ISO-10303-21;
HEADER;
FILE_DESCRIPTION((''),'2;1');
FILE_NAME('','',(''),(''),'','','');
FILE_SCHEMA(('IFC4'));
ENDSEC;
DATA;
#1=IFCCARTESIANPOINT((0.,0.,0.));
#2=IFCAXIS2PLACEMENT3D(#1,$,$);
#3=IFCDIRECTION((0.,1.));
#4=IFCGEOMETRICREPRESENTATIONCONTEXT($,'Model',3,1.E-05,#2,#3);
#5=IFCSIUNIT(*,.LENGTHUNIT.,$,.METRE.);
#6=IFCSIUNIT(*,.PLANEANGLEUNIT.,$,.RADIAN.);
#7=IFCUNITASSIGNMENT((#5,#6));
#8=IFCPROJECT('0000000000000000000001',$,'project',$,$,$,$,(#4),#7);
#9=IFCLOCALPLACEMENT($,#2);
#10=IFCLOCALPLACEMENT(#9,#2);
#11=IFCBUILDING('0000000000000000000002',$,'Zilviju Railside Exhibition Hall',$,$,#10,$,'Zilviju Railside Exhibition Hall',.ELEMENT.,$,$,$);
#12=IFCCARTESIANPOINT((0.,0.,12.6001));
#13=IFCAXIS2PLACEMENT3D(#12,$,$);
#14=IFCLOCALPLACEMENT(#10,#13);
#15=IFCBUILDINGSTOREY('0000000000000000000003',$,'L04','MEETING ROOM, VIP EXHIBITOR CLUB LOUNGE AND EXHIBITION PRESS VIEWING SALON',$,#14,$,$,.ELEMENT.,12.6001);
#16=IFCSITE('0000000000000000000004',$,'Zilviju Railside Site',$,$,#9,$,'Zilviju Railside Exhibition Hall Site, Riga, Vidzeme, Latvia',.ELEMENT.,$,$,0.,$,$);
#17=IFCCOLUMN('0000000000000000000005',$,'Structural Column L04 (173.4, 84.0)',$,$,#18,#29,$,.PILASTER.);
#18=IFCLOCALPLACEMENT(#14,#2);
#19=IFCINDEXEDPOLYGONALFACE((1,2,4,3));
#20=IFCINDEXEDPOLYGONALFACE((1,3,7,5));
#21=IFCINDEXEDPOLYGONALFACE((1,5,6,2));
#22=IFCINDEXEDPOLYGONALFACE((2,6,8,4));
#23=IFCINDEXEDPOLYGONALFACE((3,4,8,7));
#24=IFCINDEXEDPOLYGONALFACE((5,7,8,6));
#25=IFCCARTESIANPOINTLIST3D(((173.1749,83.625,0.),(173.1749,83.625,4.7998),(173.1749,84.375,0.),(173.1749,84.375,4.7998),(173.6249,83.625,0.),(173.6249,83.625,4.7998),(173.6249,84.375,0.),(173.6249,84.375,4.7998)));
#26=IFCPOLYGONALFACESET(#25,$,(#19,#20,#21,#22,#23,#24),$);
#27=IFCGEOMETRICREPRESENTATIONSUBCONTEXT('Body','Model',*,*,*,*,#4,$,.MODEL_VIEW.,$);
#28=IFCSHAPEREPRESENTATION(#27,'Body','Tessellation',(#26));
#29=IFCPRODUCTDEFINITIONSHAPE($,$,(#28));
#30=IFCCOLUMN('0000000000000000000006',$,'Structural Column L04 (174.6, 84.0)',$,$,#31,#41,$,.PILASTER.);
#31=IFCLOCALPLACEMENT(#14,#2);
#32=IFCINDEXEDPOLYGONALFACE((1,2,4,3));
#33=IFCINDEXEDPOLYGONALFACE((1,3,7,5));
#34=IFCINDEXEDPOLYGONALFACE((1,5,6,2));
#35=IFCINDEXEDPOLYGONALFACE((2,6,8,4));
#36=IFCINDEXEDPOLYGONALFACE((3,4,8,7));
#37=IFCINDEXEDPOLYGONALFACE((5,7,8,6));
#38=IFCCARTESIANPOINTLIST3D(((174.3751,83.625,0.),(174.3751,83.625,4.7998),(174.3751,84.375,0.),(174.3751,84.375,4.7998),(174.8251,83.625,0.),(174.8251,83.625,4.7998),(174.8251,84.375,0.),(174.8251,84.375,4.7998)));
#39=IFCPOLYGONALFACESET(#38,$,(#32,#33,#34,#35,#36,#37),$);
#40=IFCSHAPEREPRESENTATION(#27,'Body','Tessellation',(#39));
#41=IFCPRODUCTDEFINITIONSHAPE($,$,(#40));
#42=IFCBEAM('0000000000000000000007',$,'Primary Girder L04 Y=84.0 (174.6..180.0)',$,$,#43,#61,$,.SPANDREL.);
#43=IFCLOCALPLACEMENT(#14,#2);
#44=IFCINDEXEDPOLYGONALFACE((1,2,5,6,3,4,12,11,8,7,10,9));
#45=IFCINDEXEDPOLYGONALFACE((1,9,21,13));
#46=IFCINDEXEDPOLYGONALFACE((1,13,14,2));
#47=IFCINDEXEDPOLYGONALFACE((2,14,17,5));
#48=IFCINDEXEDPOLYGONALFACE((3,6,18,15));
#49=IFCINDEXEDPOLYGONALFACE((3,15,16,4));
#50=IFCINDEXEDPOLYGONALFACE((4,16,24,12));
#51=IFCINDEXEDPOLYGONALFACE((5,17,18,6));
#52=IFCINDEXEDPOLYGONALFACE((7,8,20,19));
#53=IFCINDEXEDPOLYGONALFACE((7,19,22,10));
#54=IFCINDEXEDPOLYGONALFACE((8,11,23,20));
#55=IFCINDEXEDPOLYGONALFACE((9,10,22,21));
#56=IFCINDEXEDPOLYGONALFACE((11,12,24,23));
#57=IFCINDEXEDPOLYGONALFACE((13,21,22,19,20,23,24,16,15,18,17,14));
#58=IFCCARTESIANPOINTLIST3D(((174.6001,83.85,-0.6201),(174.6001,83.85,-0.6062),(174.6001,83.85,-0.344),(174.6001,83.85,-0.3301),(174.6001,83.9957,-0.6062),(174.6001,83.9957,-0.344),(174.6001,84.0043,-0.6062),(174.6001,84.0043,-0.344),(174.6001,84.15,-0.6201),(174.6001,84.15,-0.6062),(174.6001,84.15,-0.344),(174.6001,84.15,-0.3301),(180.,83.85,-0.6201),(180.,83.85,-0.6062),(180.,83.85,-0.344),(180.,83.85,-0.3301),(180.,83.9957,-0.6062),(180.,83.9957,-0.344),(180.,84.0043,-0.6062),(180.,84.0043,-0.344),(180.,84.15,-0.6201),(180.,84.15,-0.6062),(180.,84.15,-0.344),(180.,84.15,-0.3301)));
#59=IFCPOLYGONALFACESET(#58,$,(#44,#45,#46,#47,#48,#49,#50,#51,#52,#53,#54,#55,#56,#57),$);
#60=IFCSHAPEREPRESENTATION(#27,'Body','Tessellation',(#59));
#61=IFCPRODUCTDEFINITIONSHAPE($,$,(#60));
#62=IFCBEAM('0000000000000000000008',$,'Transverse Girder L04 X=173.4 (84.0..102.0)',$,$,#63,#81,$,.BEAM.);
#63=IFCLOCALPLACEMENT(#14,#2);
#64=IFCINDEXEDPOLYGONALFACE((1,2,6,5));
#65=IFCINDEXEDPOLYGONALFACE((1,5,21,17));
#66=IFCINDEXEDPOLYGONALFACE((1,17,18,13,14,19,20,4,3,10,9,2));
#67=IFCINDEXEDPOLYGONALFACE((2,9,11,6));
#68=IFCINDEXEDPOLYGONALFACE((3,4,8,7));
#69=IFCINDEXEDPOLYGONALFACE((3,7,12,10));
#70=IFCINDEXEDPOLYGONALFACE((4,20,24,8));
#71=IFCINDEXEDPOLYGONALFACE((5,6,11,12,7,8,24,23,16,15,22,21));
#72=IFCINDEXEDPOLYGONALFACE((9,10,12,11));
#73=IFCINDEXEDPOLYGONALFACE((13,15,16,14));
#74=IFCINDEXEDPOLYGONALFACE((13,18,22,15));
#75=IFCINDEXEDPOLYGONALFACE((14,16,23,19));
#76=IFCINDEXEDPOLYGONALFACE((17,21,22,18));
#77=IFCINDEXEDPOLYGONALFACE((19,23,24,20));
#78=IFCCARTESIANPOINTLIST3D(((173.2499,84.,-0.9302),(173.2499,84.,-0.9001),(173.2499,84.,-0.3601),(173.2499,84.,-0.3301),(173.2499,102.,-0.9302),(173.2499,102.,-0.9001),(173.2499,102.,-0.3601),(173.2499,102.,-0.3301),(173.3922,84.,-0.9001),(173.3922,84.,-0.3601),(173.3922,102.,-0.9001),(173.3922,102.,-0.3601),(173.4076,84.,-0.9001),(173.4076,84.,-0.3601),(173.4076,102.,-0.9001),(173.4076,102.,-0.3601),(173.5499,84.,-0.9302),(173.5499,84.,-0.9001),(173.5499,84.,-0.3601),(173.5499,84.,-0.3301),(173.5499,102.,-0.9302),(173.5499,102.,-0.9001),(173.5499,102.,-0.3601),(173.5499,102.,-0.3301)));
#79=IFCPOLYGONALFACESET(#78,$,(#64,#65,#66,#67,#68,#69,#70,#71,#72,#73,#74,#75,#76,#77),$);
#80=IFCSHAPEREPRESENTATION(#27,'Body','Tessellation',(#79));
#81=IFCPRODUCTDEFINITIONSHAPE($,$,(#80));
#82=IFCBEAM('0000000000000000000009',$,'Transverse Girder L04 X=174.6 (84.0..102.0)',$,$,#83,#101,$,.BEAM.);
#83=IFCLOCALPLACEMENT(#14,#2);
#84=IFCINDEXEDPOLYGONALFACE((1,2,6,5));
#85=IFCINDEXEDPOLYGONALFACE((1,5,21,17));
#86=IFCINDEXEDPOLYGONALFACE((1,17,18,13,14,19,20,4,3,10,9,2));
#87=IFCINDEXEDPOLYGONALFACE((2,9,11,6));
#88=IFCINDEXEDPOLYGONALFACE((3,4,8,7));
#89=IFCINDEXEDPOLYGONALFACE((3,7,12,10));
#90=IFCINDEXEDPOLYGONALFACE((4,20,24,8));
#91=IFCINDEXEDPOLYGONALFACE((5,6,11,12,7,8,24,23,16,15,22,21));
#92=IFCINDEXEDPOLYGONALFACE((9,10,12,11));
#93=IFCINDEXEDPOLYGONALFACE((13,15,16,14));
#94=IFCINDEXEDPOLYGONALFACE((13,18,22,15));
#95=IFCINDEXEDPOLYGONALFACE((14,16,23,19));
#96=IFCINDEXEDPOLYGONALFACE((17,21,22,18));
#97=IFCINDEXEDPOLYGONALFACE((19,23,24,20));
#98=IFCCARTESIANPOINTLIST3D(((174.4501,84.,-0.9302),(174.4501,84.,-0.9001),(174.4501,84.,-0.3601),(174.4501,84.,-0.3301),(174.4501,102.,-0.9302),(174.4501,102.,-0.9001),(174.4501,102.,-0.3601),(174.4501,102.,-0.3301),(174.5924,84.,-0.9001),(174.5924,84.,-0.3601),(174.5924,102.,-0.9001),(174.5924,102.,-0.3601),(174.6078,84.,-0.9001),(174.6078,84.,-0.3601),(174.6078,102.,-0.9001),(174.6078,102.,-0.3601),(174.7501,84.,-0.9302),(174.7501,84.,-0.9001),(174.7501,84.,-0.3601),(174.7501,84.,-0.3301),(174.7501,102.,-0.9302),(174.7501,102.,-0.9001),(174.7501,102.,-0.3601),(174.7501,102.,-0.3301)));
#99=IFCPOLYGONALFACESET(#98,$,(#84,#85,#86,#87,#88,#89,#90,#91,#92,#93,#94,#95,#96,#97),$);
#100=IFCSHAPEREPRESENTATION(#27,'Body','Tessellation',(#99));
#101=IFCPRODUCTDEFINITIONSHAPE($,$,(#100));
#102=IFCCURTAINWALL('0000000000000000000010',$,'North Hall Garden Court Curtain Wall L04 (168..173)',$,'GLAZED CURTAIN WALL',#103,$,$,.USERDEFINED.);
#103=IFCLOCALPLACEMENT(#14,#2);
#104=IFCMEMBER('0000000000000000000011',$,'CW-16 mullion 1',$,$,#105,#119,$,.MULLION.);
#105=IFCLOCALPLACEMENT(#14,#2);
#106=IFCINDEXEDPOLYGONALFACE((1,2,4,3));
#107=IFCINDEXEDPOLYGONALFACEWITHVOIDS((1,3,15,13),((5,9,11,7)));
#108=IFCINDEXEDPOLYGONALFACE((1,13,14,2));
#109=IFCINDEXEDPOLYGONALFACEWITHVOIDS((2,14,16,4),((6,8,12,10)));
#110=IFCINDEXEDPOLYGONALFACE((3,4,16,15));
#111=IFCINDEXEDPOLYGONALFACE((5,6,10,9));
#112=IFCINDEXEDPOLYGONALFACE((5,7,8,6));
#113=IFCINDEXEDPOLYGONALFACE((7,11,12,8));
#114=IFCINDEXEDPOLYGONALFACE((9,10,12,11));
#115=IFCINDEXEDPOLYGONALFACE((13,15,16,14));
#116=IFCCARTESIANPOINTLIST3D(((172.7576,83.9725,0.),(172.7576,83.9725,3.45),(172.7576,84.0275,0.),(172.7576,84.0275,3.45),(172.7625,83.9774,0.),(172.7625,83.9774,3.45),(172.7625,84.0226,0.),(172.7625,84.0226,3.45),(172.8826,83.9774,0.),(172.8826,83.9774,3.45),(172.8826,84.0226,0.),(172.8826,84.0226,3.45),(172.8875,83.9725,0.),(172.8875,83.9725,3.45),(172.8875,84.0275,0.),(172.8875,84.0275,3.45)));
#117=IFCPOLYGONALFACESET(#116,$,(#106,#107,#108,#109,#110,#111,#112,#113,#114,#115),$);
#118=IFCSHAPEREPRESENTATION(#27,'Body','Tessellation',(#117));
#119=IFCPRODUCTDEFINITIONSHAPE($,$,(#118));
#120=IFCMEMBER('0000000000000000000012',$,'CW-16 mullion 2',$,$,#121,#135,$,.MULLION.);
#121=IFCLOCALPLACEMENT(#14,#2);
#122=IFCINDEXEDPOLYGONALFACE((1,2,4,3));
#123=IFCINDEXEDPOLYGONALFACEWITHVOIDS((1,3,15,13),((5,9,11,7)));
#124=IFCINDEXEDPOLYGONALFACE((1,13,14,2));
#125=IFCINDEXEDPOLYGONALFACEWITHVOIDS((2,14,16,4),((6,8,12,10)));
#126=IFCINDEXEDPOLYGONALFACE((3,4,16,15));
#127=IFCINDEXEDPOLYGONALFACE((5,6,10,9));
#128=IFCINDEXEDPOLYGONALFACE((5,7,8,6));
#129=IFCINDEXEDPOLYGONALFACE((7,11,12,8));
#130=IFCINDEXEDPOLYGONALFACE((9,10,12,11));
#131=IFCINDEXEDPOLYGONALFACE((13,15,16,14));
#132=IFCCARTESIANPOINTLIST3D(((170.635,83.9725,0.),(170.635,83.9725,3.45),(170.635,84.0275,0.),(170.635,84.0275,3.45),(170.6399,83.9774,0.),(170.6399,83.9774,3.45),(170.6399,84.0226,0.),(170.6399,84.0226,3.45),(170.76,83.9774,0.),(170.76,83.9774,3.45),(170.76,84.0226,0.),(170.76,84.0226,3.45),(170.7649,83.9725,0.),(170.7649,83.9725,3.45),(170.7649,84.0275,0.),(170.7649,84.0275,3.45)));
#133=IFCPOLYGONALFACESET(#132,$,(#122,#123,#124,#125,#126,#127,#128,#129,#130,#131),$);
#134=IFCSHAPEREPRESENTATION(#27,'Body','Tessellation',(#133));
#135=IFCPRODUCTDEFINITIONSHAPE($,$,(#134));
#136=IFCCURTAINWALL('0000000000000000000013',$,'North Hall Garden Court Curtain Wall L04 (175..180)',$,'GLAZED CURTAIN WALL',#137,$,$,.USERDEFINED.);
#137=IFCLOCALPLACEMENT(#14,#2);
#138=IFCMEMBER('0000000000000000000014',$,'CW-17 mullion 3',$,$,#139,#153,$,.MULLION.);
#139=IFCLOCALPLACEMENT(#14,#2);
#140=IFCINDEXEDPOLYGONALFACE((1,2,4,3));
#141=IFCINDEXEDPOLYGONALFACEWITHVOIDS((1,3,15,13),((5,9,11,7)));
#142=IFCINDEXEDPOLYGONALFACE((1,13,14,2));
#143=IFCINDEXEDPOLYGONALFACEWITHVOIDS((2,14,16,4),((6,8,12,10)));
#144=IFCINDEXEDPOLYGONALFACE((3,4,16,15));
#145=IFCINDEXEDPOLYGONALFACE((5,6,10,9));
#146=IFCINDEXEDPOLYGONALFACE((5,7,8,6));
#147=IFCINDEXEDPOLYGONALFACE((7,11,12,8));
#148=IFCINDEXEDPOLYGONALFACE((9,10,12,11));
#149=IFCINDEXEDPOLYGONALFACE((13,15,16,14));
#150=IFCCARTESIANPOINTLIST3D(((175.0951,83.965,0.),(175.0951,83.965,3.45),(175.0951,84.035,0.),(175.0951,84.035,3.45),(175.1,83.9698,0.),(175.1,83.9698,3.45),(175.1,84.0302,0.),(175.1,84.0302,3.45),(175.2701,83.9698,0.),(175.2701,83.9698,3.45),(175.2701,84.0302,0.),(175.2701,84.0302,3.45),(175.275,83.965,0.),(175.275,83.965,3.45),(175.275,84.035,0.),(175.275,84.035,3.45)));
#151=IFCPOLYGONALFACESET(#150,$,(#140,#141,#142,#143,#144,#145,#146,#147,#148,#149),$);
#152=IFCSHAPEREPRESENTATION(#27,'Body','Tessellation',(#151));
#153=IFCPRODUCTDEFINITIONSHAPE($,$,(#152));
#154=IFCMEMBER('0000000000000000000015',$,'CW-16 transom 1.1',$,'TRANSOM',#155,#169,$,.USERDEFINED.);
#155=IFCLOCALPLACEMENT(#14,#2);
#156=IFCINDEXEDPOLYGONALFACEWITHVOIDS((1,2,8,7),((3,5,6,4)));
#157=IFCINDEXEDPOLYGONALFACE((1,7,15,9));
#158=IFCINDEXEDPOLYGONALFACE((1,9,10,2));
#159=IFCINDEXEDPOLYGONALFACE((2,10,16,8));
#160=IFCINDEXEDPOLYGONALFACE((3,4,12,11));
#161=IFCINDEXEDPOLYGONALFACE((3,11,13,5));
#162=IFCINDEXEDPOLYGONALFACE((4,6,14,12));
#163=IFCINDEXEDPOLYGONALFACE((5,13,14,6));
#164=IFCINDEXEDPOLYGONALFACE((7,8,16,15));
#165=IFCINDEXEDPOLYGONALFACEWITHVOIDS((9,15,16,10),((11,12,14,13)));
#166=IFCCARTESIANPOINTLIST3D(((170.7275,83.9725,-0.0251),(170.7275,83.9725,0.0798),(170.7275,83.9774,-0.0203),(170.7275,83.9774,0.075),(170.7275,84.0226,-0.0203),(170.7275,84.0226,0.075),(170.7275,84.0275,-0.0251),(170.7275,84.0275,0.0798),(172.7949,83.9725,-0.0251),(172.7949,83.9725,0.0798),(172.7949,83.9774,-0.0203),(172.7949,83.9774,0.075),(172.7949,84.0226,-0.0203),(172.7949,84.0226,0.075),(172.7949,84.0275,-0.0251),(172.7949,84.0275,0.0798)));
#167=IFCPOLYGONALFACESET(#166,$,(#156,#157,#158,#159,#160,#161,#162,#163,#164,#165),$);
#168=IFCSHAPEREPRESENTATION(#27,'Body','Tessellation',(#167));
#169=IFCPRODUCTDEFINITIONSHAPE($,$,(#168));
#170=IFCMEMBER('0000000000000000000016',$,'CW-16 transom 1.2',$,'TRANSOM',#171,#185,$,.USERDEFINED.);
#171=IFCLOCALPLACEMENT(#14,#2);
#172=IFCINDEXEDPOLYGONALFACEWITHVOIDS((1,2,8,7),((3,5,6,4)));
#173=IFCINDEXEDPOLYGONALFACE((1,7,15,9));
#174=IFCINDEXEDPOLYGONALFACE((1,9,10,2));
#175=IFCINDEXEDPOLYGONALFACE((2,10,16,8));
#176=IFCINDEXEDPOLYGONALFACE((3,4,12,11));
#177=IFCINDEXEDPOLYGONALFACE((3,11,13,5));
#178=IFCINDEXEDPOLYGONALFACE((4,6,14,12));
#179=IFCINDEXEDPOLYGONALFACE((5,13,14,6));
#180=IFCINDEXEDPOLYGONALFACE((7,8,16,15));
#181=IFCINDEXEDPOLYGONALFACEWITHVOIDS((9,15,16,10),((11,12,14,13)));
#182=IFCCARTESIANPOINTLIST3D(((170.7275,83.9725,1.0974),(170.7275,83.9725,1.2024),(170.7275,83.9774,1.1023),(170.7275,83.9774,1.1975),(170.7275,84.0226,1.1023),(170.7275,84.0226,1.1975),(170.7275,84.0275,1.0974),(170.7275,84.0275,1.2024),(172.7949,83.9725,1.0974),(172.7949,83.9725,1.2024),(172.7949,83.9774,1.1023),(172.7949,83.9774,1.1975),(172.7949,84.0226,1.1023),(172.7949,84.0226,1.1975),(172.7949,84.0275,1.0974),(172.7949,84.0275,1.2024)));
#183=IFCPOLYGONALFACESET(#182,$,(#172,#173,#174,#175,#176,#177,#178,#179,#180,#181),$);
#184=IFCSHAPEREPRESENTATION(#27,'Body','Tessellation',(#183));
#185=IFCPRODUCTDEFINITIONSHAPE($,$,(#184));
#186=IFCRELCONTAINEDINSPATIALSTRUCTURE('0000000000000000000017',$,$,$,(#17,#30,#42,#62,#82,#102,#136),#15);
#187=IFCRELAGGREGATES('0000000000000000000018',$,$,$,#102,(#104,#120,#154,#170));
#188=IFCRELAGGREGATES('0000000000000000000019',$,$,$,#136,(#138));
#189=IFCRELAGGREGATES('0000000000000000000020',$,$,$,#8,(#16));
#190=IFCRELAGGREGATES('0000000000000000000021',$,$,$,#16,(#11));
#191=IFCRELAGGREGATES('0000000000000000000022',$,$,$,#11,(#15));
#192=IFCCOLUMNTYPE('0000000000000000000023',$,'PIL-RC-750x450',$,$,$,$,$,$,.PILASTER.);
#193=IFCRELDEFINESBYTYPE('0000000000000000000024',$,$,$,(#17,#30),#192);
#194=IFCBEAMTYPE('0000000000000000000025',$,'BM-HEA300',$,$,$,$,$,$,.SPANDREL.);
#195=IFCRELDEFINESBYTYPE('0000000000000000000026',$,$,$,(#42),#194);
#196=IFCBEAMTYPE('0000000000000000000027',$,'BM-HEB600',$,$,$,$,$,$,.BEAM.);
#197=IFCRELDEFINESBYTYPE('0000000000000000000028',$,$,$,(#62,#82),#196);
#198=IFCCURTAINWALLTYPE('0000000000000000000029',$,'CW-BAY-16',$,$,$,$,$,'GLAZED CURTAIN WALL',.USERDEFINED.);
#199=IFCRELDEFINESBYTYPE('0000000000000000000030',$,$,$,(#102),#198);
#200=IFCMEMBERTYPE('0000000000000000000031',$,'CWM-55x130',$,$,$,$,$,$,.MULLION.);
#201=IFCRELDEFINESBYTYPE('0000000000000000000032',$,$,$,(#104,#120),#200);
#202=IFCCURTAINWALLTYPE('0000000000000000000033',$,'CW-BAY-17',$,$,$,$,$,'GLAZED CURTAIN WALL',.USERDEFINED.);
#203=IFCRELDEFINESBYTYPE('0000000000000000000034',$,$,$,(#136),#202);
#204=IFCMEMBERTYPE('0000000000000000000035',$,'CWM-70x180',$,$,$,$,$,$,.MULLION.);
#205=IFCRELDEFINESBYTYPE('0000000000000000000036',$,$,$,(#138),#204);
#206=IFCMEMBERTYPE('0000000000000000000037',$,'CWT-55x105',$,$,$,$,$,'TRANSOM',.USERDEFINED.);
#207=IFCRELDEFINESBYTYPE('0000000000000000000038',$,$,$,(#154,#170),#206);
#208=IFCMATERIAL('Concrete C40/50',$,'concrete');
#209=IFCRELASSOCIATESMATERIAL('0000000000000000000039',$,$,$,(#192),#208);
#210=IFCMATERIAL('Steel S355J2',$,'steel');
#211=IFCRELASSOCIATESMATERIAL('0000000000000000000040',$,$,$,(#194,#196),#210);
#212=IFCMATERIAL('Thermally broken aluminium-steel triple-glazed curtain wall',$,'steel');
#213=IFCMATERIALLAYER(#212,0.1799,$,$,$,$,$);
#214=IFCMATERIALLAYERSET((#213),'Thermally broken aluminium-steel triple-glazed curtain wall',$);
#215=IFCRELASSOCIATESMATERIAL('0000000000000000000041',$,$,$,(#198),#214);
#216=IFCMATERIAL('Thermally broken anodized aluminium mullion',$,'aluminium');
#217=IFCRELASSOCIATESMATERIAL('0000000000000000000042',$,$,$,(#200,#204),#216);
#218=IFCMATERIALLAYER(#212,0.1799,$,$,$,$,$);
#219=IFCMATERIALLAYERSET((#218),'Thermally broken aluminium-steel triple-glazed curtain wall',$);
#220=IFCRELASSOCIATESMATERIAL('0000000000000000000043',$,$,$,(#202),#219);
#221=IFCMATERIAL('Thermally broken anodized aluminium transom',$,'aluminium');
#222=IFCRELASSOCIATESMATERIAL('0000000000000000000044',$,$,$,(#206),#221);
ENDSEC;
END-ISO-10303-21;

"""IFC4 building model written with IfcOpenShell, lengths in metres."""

from ifc_helpers import new_model, si_unit, direction, frame, origin, origin_2d, place, context, subcontext, project, spatial, rectangle, hollow_rectangle, i_section, extrude, material, layer, layer_set, material_profile, profile_set, type_object, element, aggregate, save


model = new_model("IFC4")

# Units and contexts
model_context = context("Model", 3, precision=1e-05, world=origin(), true_north=direction((0.0, 1.0)))
body_context = subcontext(model_context, "Body", "Model", "MODEL_VIEW")
ifc_project = project(units=[si_unit("LENGTHUNIT", "METRE"), si_unit("PLANEANGLEUNIT", "RADIAN")], contexts=[model_context])

# Site, building, storey
site_placement = place(None, origin())
site = spatial("IfcSite", under=ifc_project, at=site_placement, Name="Zilviju Railside Site", LongName="Zilviju Railside Exhibition Hall Site, Riga, Vidzeme, Latvia", CompositionType="ELEMENT", RefElevation=0.0)
building_placement = place(site_placement, origin())
building = spatial("IfcBuilding", under=site, at=building_placement, Name="Zilviju Railside Exhibition Hall", LongName="Zilviju Railside Exhibition Hall", CompositionType="ELEMENT")
storey_placement = place(building_placement, frame((0.0, 0.0, 12.6001)))
storey = spatial("IfcBuildingStorey", under=building, at=storey_placement, Name="L04", Description="MEETING ROOM, VIP EXHIBITOR CLUB LOUNGE AND EXHIBITION PRESS VIEWING SALON", CompositionType="ELEMENT", Elevation=12.6001)

# Columns
ifc_material_1 = material(Name="Concrete C40/50", Category="concrete")
ifc_material_profile_1 = material_profile(ifc_material_1, rectangle(XDim=0.45, YDim=0.75, at=origin_2d()), Name="RC COL 450x750")
ifc_profile_set_1 = profile_set([ifc_material_profile_1], Name="Concrete C40/50")
column_type = type_object("IfcColumnType", Name="PIL-RC-750x450", PredefinedType="PILASTER", material=ifc_profile_set_1)
for number, where, z_axis, x_axis, name in (
    (1, (173.3999, 84.0, 0.0), (0.0, 0.0, 1.0), (1.0, 0.0, 0.0), "Structural Column L04 (173.4, 84.0)"),
    (2, (174.6001, 84.0, 0.0), (0.0, 0.0, 1.0), (1.0, 0.0, 0.0), "Structural Column L04 (174.6, 84.0)"),
):
    element("IfcColumn", number, at=place(storey_placement, frame(where, z_axis=z_axis, x_axis=x_axis)), inside=storey, type_object=column_type, Name=name, PredefinedType="PILASTER", context=body_context, shape_type="SweptSolid", body=[
        extrude(rectangle(XDim=0.45, YDim=0.75, at=origin_2d()), origin(), (0.0, 0.0, 1.0), 4.7998),
    ])

# Beams
ifc_material_2 = material(Name="Steel S355J2", Category="steel")
ifc_material_profile_2 = material_profile(ifc_material_2, i_section(OverallWidth=0.3, OverallDepth=0.29, WebThickness=0.0085, FlangeThickness=0.0139, at=origin_2d()), Name="HEA 300")
ifc_profile_set_2 = profile_set([ifc_material_profile_2], Name="Steel S355J2")
beam_type_1 = type_object("IfcBeamType", Name="BM-HEA300", PredefinedType="SPANDREL", material=ifc_profile_set_2)
beam_placement = place(storey_placement, frame((174.6001, 84.0, -0.4751), z_axis=(1.0, 0.0, 0.0), x_axis=(0.0, 1.0, 0.0)))
element("IfcBeam", 3, at=beam_placement, inside=storey, type_object=beam_type_1, Name="Primary Girder L04 Y=84.0 (174.6..180.0)", PredefinedType="SPANDREL", context=body_context, shape_type="SweptSolid", body=[
    extrude(i_section(OverallWidth=0.3, OverallDepth=0.29, WebThickness=0.0085, FlangeThickness=0.0139, at=origin_2d()), origin(), (0.0, 0.0, 1.0), 5.3999),
])
ifc_material_profile_3 = material_profile(ifc_material_2, i_section(OverallWidth=0.3, OverallDepth=0.6001, WebThickness=0.0154, FlangeThickness=0.03, at=origin_2d()), Name="HEB 600")
ifc_profile_set_3 = profile_set([ifc_material_profile_3], Name="Steel S355J2")
beam_type_2 = type_object("IfcBeamType", Name="BM-HEB600", PredefinedType="BEAM", material=ifc_profile_set_3)
for number, where, z_axis, x_axis, name in (
    (4, (173.3999, 84.0, -0.6301), (0.0, 1.0, 0.0), (-1.0, 0.0, 0.0), "Transverse Girder L04 X=173.4 (84.0..102.0)"),
    (5, (174.6001, 84.0, -0.6301), (0.0, 1.0, 0.0), (-1.0, 0.0, 0.0), "Transverse Girder L04 X=174.6 (84.0..102.0)"),
):
    element("IfcBeam", number, at=place(storey_placement, frame(where, z_axis=z_axis, x_axis=x_axis)), inside=storey, type_object=beam_type_2, Name=name, PredefinedType="BEAM", context=body_context, shape_type="SweptSolid", body=[
        extrude(i_section(OverallWidth=0.3, OverallDepth=0.6001, WebThickness=0.0154, FlangeThickness=0.03, at=origin_2d()), origin(), (0.0, 0.0, 1.0), 18.0),
    ])

# Curtain wall, members
ifc_material_3 = material(Name="Thermally broken aluminium-steel triple-glazed curtain wall", Category="steel")
ifc_layer_1 = layer(ifc_material_3, 0.1799)
ifc_layer_set_1 = layer_set([ifc_layer_1], Name="Thermally broken aluminium-steel triple-glazed curtain wall")
curtain_wall_type_1 = type_object("IfcCurtainWallType", Name="CW-BAY-16", ElementType="GLAZED CURTAIN WALL", PredefinedType="USERDEFINED", material=ifc_layer_set_1)
curtain_wall_1_placement = place(storey_placement, origin())
curtain_wall_1 = element("IfcCurtainWall", 6, at=curtain_wall_1_placement, inside=storey, type_object=curtain_wall_type_1, Name="North Hall Garden Court Curtain Wall L04 (168..173)", ObjectType="GLAZED CURTAIN WALL", PredefinedType="USERDEFINED")
ifc_material_4 = material(Name="Thermally broken anodized aluminium mullion", Category="aluminium")
ifc_material_profile_4 = material_profile(ifc_material_4, hollow_rectangle(XDim=0.0549, YDim=0.1299, WallThickness=0.0049, at=origin_2d()), Name="MULLION 130x55x5")
ifc_profile_set_4 = profile_set([ifc_material_profile_4], Name="Thermally broken anodized aluminium mullion")
member_type_1 = type_object("IfcMemberType", Name="CWM-55x130", PredefinedType="MULLION", material=ifc_profile_set_4)
member_1_placement = place(storey_placement, frame((172.8225, 84.0, 0.0), z_axis=(0.0, 0.0, 1.0), x_axis=(0.0, -1.0, 0.0)))
member_1 = element("IfcMember", 7, at=member_1_placement, type_object=member_type_1, Name="CW-16 mullion 1", PredefinedType="MULLION", context=body_context, shape_type="SweptSolid", body=[
    extrude(hollow_rectangle(XDim=0.0549, YDim=0.1299, WallThickness=0.0049, at=origin_2d()), origin(), (0.0, 0.0, 1.0), 3.45),
])
member_2_placement = place(storey_placement, frame((170.7, 84.0, 0.0), z_axis=(0.0, 0.0, 1.0), x_axis=(0.0, -1.0, 0.0)))
member_2 = element("IfcMember", 8, at=member_2_placement, type_object=member_type_1, Name="CW-16 mullion 2", PredefinedType="MULLION", context=body_context, shape_type="SweptSolid", body=[
    extrude(hollow_rectangle(XDim=0.0549, YDim=0.1299, WallThickness=0.0049, at=origin_2d()), origin(), (0.0, 0.0, 1.0), 3.45),
])

# Curtain wall, member
ifc_layer_2 = layer(ifc_material_3, 0.1799)
ifc_layer_set_2 = layer_set([ifc_layer_2], Name="Thermally broken aluminium-steel triple-glazed curtain wall")
curtain_wall_type_2 = type_object("IfcCurtainWallType", Name="CW-BAY-17", ElementType="GLAZED CURTAIN WALL", PredefinedType="USERDEFINED", material=ifc_layer_set_2)
curtain_wall_2_placement = place(storey_placement, origin())
curtain_wall_2 = element("IfcCurtainWall", 9, at=curtain_wall_2_placement, inside=storey, type_object=curtain_wall_type_2, Name="North Hall Garden Court Curtain Wall L04 (175..180)", ObjectType="GLAZED CURTAIN WALL", PredefinedType="USERDEFINED")
ifc_material_profile_5 = material_profile(ifc_material_4, hollow_rectangle(XDim=0.0701, YDim=0.1799, WallThickness=0.0049, at=origin_2d()), Name="MULLION 180x70x5")
ifc_profile_set_5 = profile_set([ifc_material_profile_5], Name="Thermally broken anodized aluminium mullion")
member_type_2 = type_object("IfcMemberType", Name="CWM-70x180", PredefinedType="MULLION", material=ifc_profile_set_5)
member_3_placement = place(storey_placement, frame((175.1851, 84.0, 0.0), z_axis=(0.0, 0.0, 1.0), x_axis=(0.0, -1.0, 0.0)))
member_3 = element("IfcMember", 10, at=member_3_placement, type_object=member_type_2, Name="CW-17 mullion 3", PredefinedType="MULLION", context=body_context, shape_type="SweptSolid", body=[
    extrude(hollow_rectangle(XDim=0.0701, YDim=0.1799, WallThickness=0.0049, at=origin_2d()), origin(), (0.0, 0.0, 1.0), 3.45),
])

# Members
ifc_material_5 = material(Name="Thermally broken anodized aluminium transom", Category="aluminium")
ifc_material_profile_6 = material_profile(ifc_material_5, hollow_rectangle(XDim=0.0549, YDim=0.105, WallThickness=0.0049, at=origin_2d()), Name="TRANSOM 105x55x5")
ifc_profile_set_6 = profile_set([ifc_material_profile_6], Name="Thermally broken anodized aluminium transom")
member_type_3 = type_object("IfcMemberType", Name="CWT-55x105", ElementType="TRANSOM", PredefinedType="USERDEFINED", material=ifc_profile_set_6)
member_4_placement = place(storey_placement, frame((172.7949, 84.0, 0.0273), z_axis=(-1.0, 0.0, 0.0), x_axis=(0.0, -1.0, 0.0)))
member_4 = element("IfcMember", 11, at=member_4_placement, type_object=member_type_3, Name="CW-16 transom 1.1", ObjectType="TRANSOM", PredefinedType="USERDEFINED", context=body_context, shape_type="SweptSolid", body=[
    extrude(hollow_rectangle(XDim=0.0549, YDim=0.105, WallThickness=0.0049, at=origin_2d()), origin(), (0.0, 0.0, 1.0), 2.0674),
])
member_5_placement = place(storey_placement, frame((172.7949, 84.0, 1.1499), z_axis=(-1.0, 0.0, 0.0), x_axis=(0.0, -1.0, 0.0)))
member_5 = element("IfcMember", 12, at=member_5_placement, type_object=member_type_3, Name="CW-16 transom 1.2", ObjectType="TRANSOM", PredefinedType="USERDEFINED", context=body_context, shape_type="SweptSolid", body=[
    extrude(hollow_rectangle(XDim=0.0549, YDim=0.105, WallThickness=0.0049, at=origin_2d()), origin(), (0.0, 0.0, 1.0), 2.0674),
])

aggregate(curtain_wall_1, [member_1, member_2, member_4, member_5])
aggregate(curtain_wall_2, [member_3])

save(model, "model.ifc")
